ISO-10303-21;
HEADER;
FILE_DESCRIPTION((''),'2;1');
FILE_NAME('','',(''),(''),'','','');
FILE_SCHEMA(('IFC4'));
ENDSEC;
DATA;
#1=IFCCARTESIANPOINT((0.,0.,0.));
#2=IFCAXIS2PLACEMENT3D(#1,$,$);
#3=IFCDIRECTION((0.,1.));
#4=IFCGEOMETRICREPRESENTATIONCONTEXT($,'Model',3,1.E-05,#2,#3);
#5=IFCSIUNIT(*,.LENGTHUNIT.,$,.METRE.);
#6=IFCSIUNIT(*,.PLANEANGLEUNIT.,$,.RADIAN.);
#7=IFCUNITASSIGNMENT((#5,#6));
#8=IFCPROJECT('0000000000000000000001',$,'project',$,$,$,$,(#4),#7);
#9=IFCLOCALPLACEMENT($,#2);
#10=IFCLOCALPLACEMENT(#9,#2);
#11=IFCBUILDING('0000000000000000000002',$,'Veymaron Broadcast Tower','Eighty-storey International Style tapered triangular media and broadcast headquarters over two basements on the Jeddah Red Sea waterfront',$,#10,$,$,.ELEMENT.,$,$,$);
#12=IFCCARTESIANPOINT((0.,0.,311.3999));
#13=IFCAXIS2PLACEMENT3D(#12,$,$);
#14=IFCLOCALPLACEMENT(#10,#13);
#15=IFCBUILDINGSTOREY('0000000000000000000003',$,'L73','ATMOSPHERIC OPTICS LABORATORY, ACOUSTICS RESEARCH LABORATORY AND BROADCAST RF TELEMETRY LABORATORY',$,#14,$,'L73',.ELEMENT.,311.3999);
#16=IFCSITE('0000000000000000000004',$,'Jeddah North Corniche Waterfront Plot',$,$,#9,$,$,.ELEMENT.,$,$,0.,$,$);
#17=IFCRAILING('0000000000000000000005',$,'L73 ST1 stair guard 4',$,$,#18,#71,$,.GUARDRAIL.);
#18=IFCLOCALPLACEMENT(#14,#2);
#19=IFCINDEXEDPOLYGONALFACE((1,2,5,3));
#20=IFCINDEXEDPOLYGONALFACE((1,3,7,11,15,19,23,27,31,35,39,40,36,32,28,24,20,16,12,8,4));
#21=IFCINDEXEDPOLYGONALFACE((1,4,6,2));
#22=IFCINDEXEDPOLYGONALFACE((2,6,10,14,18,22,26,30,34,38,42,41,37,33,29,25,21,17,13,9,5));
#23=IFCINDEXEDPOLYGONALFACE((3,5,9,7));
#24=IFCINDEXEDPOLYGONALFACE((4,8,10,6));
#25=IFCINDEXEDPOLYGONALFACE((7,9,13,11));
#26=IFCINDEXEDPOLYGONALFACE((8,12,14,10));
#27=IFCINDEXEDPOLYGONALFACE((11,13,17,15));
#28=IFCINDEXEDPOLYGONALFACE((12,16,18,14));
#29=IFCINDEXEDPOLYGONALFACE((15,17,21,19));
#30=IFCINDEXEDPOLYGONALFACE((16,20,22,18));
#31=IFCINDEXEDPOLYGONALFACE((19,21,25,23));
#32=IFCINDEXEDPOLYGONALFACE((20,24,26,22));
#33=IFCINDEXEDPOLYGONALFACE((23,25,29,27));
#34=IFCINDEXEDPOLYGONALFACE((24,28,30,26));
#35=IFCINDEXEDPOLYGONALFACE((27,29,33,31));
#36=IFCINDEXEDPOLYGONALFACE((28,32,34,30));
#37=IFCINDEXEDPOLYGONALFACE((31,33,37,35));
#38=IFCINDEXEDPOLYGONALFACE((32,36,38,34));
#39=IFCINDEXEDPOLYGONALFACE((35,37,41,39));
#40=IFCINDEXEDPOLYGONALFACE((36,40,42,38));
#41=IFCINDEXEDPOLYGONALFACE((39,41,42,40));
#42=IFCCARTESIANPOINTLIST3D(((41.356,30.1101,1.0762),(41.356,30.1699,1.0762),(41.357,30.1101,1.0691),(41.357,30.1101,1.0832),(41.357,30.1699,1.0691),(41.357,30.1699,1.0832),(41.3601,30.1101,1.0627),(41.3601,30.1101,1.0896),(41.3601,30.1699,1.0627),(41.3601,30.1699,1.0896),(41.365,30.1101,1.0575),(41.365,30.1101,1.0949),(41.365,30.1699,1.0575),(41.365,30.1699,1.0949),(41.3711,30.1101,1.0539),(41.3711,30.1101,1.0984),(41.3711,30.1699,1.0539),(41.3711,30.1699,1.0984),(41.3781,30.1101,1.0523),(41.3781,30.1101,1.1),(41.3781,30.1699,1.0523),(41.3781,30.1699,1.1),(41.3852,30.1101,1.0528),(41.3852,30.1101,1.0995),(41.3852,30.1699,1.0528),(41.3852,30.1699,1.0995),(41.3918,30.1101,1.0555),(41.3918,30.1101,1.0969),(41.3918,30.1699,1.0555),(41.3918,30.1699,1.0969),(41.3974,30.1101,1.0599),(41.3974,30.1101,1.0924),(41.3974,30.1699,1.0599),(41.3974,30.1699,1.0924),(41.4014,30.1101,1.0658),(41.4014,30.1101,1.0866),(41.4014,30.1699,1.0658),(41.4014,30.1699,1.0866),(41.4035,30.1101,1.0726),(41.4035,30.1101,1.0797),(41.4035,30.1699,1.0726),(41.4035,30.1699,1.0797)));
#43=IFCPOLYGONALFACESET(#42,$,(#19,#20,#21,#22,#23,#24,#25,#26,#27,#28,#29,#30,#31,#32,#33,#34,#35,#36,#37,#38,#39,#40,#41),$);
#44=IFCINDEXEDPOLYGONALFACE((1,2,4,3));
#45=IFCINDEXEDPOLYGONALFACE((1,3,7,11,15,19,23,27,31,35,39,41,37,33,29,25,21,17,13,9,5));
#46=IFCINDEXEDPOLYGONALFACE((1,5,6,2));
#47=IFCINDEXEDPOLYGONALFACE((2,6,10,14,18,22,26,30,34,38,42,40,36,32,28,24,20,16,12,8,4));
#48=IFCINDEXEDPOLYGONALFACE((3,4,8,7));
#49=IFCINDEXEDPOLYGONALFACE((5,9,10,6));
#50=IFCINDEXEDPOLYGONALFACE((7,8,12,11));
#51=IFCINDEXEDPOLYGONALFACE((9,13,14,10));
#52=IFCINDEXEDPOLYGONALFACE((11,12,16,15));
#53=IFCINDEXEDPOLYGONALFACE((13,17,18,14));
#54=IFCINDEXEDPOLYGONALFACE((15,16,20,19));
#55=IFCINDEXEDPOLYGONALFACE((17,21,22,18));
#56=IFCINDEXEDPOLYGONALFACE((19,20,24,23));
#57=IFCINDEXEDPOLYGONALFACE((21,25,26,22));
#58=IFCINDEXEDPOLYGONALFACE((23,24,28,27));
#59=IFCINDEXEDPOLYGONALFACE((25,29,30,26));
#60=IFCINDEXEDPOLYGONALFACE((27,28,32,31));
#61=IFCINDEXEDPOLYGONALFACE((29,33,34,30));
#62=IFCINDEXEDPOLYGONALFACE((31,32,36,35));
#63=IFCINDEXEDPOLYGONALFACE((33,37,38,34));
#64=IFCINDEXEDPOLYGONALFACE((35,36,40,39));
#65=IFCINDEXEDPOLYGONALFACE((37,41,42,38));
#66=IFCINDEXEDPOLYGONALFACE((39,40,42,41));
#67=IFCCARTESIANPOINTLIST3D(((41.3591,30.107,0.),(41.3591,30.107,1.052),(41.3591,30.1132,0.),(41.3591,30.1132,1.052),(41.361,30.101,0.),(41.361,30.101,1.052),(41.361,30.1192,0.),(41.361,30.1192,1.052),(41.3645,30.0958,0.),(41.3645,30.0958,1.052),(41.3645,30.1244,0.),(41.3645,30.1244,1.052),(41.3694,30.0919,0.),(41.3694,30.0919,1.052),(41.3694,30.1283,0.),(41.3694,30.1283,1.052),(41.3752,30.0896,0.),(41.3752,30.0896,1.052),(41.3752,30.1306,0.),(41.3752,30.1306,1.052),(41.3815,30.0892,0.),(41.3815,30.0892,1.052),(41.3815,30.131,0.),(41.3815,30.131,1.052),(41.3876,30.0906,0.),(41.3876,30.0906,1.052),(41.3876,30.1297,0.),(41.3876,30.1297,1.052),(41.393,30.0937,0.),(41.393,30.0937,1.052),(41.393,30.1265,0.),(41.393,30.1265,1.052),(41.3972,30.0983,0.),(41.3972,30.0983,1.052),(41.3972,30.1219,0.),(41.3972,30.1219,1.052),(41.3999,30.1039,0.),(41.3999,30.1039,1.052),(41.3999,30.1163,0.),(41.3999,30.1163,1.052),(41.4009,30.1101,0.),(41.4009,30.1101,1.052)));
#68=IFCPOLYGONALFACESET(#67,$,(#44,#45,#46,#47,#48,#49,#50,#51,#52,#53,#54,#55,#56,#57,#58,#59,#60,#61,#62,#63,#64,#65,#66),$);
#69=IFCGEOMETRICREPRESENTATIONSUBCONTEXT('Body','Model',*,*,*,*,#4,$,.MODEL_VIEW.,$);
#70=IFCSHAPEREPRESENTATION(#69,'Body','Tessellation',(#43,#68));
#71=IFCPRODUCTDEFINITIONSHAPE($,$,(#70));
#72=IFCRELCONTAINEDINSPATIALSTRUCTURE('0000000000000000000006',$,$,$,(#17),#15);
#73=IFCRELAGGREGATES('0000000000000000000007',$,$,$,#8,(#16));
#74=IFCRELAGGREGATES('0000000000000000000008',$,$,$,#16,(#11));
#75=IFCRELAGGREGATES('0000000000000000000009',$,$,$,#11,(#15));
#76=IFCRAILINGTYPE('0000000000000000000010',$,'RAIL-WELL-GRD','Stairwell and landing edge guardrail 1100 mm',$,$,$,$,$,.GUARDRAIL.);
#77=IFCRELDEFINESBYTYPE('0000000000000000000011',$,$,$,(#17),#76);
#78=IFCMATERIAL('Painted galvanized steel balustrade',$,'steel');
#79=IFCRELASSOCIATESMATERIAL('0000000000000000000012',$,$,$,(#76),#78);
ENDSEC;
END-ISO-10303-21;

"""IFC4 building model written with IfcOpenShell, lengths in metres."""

from ifc_helpers import new_model, si_unit, direction, frame, origin, origin_2d, place, context, subcontext, project, spatial, circle, extrude, material, type_object, element, save


model = new_model("IFC4")

# Units and contexts
model_context = context("Model", 3, precision=1e-05, world=origin(), true_north=direction((0.0, 1.0)))
body_context = subcontext(model_context, "Body", "Model", "MODEL_VIEW")
ifc_project = project(units=[si_unit("LENGTHUNIT", "METRE"), si_unit("PLANEANGLEUNIT", "RADIAN")], contexts=[model_context])

# Site, building, storey
site_placement = place(None, origin())
site = spatial("IfcSite", under=ifc_project, at=site_placement, Name="Jeddah North Corniche Waterfront Plot", CompositionType="ELEMENT", RefElevation=0.0)
building_placement = place(site_placement, origin())
building = spatial("IfcBuilding", under=site, at=building_placement, Name="Veymaron Broadcast Tower", Description="Eighty-storey International Style tapered triangular media and broadcast headquarters over two basements on the Jeddah Red Sea waterfront", CompositionType="ELEMENT")
storey_placement = place(building_placement, frame((0.0, 0.0, 311.3999)))
storey = spatial("IfcBuildingStorey", under=building, at=storey_placement, Name="L73", Description="ATMOSPHERIC OPTICS LABORATORY, ACOUSTICS RESEARCH LABORATORY AND BROADCAST RF TELEMETRY LABORATORY", LongName="L73", CompositionType="ELEMENT", Elevation=311.3999)

# Railing
ifc_material_1 = material(Name="Painted galvanized steel balustrade", Category="steel")
railing_type_1 = type_object("IfcRailingType", Name="RAIL-WELL-GRD", Description="Stairwell and landing edge guardrail 1100 mm", PredefinedType="GUARDRAIL", material=ifc_material_1)
railing_1_placement = place(storey_placement, frame((41.3799, 30.1101, 0.0)))
element("IfcRailing", 1, at=railing_1_placement, inside=storey, type_object=railing_type_1, Name="L73 ST1 stair guard 4", PredefinedType="GUARDRAIL", context=body_context, shape_type="SweptSolid", body=[
    extrude(circle(Radius=0.0239, at=origin_2d()), frame((0.0, 0.0, 1.0762), z_axis=(0.0, 1.0, 0.0), x_axis=(-1.0, 0.0, 0.0)), (0.0, 0.0, 1.0), 0.0598),
    extrude(circle(Radius=0.021, at=origin_2d()), origin(), (0.0, 0.0, 1.0), 1.052),
])

save(model, "model.ifc")
